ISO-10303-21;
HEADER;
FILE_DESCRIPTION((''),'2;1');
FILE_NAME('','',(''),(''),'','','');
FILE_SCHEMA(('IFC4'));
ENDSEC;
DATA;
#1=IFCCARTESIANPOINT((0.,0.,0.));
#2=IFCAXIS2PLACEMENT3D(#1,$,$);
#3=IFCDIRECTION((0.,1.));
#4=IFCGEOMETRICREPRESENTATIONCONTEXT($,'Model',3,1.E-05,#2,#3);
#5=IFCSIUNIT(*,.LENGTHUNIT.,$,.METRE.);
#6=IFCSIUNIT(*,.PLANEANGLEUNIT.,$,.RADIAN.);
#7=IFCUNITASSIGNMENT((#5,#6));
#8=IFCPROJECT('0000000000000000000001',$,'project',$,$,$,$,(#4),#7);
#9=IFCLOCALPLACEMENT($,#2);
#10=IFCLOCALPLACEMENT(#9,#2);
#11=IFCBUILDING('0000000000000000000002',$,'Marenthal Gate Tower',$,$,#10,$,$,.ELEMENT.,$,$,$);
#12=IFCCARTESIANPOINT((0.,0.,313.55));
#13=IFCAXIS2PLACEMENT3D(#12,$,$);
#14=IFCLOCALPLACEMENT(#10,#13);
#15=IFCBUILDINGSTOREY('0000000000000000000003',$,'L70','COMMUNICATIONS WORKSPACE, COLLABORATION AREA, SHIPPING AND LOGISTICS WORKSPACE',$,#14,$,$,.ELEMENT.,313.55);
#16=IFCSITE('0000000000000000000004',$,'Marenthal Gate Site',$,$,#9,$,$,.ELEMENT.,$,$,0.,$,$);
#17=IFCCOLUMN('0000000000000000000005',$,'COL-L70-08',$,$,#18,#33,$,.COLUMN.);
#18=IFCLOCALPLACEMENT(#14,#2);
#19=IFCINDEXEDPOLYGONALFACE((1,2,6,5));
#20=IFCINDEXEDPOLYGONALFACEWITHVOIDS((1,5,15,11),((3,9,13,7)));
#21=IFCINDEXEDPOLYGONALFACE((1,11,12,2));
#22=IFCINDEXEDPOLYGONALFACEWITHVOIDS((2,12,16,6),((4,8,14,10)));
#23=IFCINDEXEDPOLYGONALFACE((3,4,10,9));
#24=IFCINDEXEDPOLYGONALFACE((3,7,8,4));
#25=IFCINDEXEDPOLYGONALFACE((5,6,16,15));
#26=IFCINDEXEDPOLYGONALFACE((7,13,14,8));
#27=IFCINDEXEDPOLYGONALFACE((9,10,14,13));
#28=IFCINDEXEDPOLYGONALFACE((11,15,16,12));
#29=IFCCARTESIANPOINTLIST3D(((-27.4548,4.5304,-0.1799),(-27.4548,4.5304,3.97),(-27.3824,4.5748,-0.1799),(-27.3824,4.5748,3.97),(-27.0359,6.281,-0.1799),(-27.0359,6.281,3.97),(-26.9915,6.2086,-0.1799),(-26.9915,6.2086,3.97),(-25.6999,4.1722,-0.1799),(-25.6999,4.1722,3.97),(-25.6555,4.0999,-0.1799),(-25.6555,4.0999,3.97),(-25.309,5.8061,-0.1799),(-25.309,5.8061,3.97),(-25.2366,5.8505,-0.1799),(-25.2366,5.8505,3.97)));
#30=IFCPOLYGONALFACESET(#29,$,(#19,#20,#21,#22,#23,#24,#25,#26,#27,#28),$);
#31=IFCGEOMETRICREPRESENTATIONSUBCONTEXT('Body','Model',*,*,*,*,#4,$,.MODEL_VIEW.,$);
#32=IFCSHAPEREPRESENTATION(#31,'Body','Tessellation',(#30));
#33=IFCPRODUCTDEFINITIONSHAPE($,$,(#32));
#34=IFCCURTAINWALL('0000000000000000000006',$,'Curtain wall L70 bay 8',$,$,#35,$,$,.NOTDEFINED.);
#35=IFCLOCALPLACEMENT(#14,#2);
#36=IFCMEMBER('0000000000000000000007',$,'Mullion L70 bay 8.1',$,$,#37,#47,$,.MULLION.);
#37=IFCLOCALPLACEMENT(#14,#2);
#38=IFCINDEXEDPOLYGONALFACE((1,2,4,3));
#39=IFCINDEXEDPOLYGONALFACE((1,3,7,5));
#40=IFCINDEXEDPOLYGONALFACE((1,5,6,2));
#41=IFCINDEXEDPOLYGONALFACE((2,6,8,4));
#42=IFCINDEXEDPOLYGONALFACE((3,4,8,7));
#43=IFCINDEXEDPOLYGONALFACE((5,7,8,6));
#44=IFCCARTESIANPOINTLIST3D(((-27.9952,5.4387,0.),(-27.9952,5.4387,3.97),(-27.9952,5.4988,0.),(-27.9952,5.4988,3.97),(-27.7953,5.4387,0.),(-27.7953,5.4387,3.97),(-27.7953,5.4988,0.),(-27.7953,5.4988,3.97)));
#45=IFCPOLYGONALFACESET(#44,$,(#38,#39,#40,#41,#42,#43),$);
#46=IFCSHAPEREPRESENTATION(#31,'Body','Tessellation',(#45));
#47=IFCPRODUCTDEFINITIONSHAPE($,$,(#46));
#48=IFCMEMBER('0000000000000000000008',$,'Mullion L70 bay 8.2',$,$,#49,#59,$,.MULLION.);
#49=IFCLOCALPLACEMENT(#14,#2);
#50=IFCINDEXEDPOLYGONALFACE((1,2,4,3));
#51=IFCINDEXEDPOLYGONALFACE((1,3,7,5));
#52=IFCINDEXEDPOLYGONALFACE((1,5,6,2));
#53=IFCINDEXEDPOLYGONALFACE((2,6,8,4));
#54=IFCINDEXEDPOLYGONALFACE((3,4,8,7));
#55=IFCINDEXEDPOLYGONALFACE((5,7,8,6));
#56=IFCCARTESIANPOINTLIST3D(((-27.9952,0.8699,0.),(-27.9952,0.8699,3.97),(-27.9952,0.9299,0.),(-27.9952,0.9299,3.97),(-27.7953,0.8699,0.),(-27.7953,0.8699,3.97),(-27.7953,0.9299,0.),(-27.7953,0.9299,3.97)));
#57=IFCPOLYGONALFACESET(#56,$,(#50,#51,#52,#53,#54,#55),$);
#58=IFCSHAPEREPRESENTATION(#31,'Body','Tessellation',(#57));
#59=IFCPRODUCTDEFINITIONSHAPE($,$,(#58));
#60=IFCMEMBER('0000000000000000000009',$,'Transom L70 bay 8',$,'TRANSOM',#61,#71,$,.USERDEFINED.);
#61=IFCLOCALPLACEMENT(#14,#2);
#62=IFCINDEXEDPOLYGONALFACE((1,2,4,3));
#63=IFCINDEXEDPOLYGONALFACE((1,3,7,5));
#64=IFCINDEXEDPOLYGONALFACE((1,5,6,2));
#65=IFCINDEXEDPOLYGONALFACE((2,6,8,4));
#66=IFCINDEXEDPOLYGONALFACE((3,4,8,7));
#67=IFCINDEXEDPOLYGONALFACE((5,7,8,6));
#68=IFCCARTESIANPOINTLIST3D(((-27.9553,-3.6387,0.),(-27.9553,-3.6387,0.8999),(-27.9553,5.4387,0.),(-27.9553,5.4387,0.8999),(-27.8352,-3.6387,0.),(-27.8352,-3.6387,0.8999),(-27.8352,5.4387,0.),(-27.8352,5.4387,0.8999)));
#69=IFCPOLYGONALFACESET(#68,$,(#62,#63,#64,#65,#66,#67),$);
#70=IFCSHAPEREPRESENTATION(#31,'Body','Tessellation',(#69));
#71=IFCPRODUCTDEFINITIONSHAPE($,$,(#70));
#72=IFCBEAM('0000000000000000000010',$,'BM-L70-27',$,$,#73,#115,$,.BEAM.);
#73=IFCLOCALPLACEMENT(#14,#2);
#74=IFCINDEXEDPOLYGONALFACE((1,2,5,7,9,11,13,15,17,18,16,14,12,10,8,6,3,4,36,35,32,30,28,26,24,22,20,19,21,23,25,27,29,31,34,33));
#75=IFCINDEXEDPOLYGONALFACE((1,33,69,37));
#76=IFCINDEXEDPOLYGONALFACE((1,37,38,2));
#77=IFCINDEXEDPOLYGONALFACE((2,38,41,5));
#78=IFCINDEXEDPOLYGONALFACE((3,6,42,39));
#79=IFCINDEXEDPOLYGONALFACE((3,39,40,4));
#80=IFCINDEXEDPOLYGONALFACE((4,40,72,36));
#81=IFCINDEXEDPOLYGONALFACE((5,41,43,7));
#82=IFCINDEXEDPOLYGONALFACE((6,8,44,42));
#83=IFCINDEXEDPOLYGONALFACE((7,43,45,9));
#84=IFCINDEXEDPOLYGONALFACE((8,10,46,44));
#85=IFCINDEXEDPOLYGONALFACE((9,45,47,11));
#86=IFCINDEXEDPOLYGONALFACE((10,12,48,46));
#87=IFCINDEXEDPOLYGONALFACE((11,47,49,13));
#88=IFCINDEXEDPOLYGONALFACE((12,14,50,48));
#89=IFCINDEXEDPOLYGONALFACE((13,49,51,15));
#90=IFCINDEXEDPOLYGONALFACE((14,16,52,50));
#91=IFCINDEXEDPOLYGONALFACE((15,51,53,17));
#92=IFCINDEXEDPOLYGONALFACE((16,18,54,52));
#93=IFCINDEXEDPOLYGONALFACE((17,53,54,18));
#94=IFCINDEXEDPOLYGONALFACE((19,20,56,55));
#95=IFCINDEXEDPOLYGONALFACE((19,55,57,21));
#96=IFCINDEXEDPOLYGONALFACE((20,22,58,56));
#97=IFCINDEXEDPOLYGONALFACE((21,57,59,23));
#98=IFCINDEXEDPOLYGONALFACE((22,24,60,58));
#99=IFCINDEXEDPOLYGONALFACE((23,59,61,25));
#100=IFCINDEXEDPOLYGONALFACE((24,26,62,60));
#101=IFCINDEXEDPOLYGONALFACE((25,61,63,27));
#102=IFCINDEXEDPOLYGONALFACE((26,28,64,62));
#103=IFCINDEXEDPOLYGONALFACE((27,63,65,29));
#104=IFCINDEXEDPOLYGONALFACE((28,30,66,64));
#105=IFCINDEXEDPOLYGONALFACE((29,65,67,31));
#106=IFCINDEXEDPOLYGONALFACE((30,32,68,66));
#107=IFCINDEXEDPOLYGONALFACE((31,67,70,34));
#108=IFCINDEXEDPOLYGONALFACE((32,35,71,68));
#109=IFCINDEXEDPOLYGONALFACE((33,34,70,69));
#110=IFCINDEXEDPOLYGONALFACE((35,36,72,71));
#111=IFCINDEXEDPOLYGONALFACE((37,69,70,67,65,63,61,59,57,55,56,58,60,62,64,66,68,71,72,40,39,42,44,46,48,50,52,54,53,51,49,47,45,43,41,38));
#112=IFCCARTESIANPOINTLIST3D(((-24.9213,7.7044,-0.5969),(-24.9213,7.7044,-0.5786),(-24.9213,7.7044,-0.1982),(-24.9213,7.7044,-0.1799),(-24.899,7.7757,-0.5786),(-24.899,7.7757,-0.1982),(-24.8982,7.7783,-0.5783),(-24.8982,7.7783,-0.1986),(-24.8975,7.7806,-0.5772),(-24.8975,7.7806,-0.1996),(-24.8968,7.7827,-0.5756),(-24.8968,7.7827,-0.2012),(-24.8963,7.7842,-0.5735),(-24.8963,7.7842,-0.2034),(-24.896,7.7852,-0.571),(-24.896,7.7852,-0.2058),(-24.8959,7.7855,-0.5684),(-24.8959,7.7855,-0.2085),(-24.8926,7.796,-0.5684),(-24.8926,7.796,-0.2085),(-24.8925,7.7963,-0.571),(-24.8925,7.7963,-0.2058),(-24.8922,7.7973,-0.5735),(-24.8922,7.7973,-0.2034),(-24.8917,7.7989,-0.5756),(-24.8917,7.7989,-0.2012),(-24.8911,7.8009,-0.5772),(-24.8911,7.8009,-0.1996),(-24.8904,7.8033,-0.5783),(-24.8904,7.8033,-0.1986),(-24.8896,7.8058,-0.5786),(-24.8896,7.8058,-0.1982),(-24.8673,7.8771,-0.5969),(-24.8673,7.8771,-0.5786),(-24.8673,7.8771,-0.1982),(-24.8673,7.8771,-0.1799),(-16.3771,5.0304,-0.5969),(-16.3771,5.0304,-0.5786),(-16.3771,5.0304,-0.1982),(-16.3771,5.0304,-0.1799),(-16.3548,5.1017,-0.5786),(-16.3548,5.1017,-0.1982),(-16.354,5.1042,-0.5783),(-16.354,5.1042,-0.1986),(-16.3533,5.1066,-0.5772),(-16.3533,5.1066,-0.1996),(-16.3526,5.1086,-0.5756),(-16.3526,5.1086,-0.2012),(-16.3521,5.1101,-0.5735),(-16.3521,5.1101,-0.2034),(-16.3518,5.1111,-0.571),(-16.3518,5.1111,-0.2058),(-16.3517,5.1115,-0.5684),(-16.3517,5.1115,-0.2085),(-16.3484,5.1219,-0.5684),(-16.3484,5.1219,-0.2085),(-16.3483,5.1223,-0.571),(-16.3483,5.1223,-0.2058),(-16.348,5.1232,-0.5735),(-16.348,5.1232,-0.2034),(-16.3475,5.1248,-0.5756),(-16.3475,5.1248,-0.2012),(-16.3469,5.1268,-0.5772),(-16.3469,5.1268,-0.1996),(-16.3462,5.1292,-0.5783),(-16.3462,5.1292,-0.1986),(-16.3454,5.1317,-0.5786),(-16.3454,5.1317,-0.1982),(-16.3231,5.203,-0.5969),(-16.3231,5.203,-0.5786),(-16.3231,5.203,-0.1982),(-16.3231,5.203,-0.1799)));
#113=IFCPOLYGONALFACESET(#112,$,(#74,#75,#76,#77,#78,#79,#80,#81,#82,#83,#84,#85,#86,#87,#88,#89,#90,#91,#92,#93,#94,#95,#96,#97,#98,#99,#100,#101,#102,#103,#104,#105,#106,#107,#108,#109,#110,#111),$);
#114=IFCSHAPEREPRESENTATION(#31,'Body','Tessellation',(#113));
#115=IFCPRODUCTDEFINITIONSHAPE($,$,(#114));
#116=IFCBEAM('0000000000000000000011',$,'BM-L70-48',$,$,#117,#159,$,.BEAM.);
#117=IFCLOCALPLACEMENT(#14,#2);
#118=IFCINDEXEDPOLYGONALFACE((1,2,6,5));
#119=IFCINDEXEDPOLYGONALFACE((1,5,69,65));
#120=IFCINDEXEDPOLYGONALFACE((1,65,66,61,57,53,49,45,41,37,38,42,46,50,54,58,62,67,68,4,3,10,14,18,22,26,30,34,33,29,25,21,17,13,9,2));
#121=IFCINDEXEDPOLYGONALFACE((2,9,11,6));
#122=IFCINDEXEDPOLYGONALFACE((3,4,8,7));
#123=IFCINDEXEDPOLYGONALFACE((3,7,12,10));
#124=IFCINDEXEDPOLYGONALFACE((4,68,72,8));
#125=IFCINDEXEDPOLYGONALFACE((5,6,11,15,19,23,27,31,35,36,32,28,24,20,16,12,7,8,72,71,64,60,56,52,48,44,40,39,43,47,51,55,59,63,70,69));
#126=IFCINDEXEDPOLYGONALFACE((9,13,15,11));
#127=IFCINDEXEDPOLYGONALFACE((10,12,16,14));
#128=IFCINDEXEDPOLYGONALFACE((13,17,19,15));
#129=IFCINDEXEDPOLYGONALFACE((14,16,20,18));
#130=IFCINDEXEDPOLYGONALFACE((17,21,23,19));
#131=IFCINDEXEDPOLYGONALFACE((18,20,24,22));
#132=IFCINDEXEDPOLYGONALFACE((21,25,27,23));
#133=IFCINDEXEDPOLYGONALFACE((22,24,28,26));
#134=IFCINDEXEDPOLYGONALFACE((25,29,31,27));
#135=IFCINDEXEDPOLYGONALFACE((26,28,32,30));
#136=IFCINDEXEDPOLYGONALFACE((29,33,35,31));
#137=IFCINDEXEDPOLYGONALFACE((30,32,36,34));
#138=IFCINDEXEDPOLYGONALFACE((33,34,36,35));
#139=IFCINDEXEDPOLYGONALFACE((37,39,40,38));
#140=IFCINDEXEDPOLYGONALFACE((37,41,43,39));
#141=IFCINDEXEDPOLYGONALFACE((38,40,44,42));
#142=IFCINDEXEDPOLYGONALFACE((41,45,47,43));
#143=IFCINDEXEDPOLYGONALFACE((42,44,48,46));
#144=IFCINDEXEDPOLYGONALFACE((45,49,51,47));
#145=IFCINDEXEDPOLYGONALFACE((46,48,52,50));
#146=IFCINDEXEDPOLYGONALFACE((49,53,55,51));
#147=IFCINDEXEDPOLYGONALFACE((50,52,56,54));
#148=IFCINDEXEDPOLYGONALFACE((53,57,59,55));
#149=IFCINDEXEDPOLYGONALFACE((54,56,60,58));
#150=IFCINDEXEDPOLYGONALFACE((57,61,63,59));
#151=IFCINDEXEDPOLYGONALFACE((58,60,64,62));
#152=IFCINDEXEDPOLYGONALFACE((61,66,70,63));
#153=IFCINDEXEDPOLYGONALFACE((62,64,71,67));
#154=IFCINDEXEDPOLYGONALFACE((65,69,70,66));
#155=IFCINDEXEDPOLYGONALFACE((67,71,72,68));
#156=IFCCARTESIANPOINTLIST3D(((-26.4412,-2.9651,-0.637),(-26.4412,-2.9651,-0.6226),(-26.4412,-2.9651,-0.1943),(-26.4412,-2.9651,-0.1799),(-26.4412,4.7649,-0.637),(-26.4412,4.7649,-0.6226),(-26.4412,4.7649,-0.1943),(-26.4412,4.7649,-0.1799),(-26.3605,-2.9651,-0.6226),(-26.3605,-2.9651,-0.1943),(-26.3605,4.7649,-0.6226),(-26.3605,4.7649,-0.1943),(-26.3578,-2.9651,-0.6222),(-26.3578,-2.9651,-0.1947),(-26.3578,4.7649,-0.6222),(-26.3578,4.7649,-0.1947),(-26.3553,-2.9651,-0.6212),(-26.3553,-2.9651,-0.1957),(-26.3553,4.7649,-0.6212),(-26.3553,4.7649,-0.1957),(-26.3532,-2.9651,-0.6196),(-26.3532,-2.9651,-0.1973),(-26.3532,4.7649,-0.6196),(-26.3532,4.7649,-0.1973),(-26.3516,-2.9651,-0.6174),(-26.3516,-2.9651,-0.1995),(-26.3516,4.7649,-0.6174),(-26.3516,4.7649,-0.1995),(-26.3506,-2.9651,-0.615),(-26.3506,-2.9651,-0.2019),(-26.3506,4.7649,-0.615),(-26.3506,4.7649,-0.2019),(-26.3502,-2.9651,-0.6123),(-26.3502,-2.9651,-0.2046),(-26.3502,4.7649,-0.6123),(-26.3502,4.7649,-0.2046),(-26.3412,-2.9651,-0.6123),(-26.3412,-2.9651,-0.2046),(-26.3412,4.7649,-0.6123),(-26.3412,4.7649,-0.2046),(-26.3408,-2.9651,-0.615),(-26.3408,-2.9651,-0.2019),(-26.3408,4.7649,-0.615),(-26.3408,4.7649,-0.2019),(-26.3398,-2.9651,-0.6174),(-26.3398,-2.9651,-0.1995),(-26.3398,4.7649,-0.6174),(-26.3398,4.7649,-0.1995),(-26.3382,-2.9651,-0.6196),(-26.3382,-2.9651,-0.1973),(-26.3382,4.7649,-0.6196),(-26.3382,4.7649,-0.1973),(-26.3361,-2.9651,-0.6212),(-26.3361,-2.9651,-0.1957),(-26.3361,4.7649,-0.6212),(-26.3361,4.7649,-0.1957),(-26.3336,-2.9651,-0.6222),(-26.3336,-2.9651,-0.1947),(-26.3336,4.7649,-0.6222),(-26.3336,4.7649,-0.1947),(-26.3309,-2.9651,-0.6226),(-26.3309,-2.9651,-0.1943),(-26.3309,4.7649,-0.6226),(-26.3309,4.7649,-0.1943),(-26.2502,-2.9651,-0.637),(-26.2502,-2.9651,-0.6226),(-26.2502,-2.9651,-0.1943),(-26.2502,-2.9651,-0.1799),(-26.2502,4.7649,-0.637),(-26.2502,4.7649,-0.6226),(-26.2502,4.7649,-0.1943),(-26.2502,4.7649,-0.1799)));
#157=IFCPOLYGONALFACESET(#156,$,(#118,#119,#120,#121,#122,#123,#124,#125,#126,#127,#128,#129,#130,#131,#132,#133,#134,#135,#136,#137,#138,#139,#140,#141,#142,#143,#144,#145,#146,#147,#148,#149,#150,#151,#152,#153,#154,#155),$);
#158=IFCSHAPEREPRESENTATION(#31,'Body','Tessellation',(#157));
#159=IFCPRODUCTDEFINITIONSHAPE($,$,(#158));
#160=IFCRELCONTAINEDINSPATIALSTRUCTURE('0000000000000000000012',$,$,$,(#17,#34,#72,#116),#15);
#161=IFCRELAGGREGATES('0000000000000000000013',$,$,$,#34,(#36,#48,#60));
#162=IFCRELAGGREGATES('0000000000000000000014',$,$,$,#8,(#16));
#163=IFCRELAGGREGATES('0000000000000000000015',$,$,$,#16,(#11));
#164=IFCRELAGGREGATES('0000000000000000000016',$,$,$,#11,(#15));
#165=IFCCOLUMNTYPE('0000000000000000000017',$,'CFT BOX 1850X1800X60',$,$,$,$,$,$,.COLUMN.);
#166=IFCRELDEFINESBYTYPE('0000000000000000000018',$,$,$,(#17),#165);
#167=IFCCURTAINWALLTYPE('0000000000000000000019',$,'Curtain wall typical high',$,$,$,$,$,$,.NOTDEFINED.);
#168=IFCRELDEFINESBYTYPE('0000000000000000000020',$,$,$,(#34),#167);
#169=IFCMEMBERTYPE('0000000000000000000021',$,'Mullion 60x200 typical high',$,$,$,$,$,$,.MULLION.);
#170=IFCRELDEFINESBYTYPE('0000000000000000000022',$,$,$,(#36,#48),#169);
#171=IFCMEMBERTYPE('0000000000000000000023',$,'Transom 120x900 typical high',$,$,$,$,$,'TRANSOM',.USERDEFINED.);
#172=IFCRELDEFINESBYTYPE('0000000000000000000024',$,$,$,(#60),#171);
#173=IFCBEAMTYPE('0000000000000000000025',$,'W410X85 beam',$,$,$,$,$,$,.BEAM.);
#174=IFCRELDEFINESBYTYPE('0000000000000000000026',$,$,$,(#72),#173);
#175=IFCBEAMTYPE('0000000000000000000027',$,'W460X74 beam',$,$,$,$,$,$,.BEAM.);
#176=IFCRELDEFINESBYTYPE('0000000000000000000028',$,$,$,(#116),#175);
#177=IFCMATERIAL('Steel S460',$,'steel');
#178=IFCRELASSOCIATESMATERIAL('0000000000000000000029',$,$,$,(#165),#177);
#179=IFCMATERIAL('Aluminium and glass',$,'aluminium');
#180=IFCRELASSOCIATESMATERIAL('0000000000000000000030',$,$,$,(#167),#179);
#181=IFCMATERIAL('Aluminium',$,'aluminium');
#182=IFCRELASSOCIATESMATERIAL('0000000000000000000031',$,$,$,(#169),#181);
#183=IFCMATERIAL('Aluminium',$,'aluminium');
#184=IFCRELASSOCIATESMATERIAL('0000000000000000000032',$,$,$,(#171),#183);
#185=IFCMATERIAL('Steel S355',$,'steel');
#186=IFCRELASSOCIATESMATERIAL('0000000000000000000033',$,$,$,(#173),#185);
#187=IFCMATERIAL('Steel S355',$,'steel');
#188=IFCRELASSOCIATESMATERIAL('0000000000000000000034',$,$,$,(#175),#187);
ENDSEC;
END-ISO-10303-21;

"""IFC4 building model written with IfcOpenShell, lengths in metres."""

from ifc_helpers import new_model, si_unit, direction, frame, origin, origin_2d, place, context, subcontext, project, spatial, rectangle, hollow_rectangle, i_section, extrude, material, material_profile, profile_set, type_object, element, aggregate, save


model = new_model("IFC4")

# Units and contexts
model_context = context("Model", 3, precision=1e-05, world=origin(), true_north=direction((0.0, 1.0)))
body_context = subcontext(model_context, "Body", "Model", "MODEL_VIEW")
ifc_project = project(units=[si_unit("LENGTHUNIT", "METRE"), si_unit("PLANEANGLEUNIT", "RADIAN")], contexts=[model_context])

# Site, building, storey
site_placement = place(None, origin())
site = spatial("IfcSite", under=ifc_project, at=site_placement, Name="Marenthal Gate Site", CompositionType="ELEMENT", RefElevation=0.0)
building_placement = place(site_placement, origin())
building = spatial("IfcBuilding", under=site, at=building_placement, Name="Marenthal Gate Tower", CompositionType="ELEMENT")
storey_placement = place(building_placement, frame((0.0, 0.0, 313.55)))
storey = spatial("IfcBuildingStorey", under=building, at=storey_placement, Name="L70", Description="COMMUNICATIONS WORKSPACE, COLLABORATION AREA, SHIPPING AND LOGISTICS WORKSPACE", CompositionType="ELEMENT", Elevation=313.55)

# Column
ifc_material_1 = material(Name="Steel S460", Category="steel")
ifc_material_profile_1 = material_profile(ifc_material_1, hollow_rectangle(XDim=1.8, YDim=1.8501, WallThickness=0.0601, at=origin_2d()), Name="CFT BOX 1850X1800X60")
ifc_material_2 = material(Name="Concrete 70 MPa", Category="concrete")
ifc_material_profile_2 = material_profile(ifc_material_2, rectangle(XDim=1.6799, YDim=1.73, at=origin_2d()), Name="CFT BOX 1850X1800X60 INFILL")
ifc_profile_set_1 = profile_set([ifc_material_profile_1, ifc_material_profile_2], Name="Steel S460 shell, Concrete 70 MPa infill")
column_type = type_object("IfcColumnType", Name="CFT BOX 1850X1800X60", PredefinedType="COLUMN", material=ifc_profile_set_1)
column_placement = place(storey_placement, frame((-26.3457, 5.1904, -0.1799), z_axis=(0.0, 0.0, 1.0), x_axis=(0.232702, 0.972548, 0.0)))
element("IfcColumn", 1, at=column_placement, inside=storey, type_object=column_type, Name="COL-L70-08", PredefinedType="COLUMN", context=body_context, shape_type="SweptSolid", body=[
    extrude(hollow_rectangle(XDim=1.8, YDim=1.8501, WallThickness=0.0601, at=origin_2d()), origin(), (0.0, 0.0, 1.0), 4.1499),
])

# Curtain wall, members
ifc_material_3 = material(Name="Aluminium and glass", Category="aluminium")
curtain_wall_type = type_object("IfcCurtainWallType", Name="Curtain wall typical high", PredefinedType="NOTDEFINED", material=ifc_material_3)
curtain_wall_placement = place(storey_placement, origin())
curtain_wall = element("IfcCurtainWall", 2, at=curtain_wall_placement, inside=storey, type_object=curtain_wall_type, Name="Curtain wall L70 bay 8", PredefinedType="NOTDEFINED")
ifc_material_4 = material(Name="Aluminium", Category="aluminium")
ifc_material_profile_3 = material_profile(ifc_material_4, rectangle(XDim=0.2, YDim=0.0601, at=origin_2d()), Name="60x200 aluminium mullion")
ifc_profile_set_2 = profile_set([ifc_material_profile_3], Name="Aluminium")
member_type_1 = type_object("IfcMemberType", Name="Mullion 60x200 typical high", PredefinedType="MULLION", material=ifc_profile_set_2)
member_1_placement = place(storey_placement, frame((-27.8953, 5.4688, 0.0), z_axis=(0.0, 0.0, 1.0), x_axis=(1.0, 0.0, 0.0)))
member_1 = element("IfcMember", 3, at=member_1_placement, type_object=member_type_1, Name="Mullion L70 bay 8.1", PredefinedType="MULLION", context=body_context, shape_type="SweptSolid", body=[
    extrude(rectangle(XDim=0.2, YDim=0.0601, at=origin_2d()), origin(), (0.0, 0.0, 1.0), 3.97),
])
member_2_placement = place(storey_placement, frame((-27.8953, 0.8999, 0.0), z_axis=(0.0, 0.0, 1.0), x_axis=(1.0, 0.0, 0.0)))
member_2 = element("IfcMember", 4, at=member_2_placement, type_object=member_type_1, Name="Mullion L70 bay 8.2", PredefinedType="MULLION", context=body_context, shape_type="SweptSolid", body=[
    extrude(rectangle(XDim=0.2, YDim=0.0601, at=origin_2d()), origin(), (0.0, 0.0, 1.0), 3.97),
])
ifc_material_5 = material(Name="Aluminium", Category="aluminium")
ifc_material_profile_4 = material_profile(ifc_material_5, rectangle(XDim=0.1201, YDim=0.8999, at=origin_2d()), Name="120x900 aluminium transom")
ifc_profile_set_3 = profile_set([ifc_material_profile_4], Name="Aluminium")
member_type_2 = type_object("IfcMemberType", Name="Transom 120x900 typical high", ElementType="TRANSOM", PredefinedType="USERDEFINED", material=ifc_profile_set_3)
member_3_placement = place(storey_placement, frame((-27.8953, 5.4387, 0.45), z_axis=(0.0, -1.0, 0.0), x_axis=(1.0, 0.0, 0.0)))
member_3 = element("IfcMember", 5, at=member_3_placement, type_object=member_type_2, Name="Transom L70 bay 8", ObjectType="TRANSOM", PredefinedType="USERDEFINED", context=body_context, shape_type="SweptSolid", body=[
    extrude(rectangle(XDim=0.1201, YDim=0.8999, at=origin_2d()), origin(), (0.0, 0.0, 1.0), 9.0774),
])

# Beams
ifc_material_6 = material(Name="Steel S355", Category="steel")
ifc_material_profile_5 = material_profile(ifc_material_6, i_section(OverallWidth=0.1809, OverallDepth=0.417, WebThickness=0.011, FlangeThickness=0.0183, FilletRadius=0.0103, at=origin_2d()), Name="W410X85")
ifc_profile_set_4 = profile_set([ifc_material_profile_5], Name="Steel S355")
beam_type_1 = type_object("IfcBeamType", Name="W410X85 beam", PredefinedType="BEAM", material=ifc_profile_set_4)
beam_1_placement = place(storey_placement, frame((-24.8943, 7.7908, -0.3884), z_axis=(0.954352, -0.298683, 0.0), x_axis=(0.298683, 0.954352, 0.0)))
element("IfcBeam", 6, at=beam_1_placement, inside=storey, type_object=beam_type_1, Name="BM-L70-27", PredefinedType="BEAM", context=body_context, shape_type="SweptSolid", body=[
    extrude(i_section(OverallWidth=0.1809, OverallDepth=0.417, WebThickness=0.011, FlangeThickness=0.0183, FilletRadius=0.0103, at=origin_2d()), origin(), (0.0, 0.0, 1.0), 8.9529),
])
ifc_material_7 = material(Name="Steel S355", Category="steel")
ifc_material_profile_6 = material_profile(ifc_material_7, i_section(OverallWidth=0.1909, OverallDepth=0.457, WebThickness=0.009, FlangeThickness=0.0144, FilletRadius=0.0103, at=origin_2d()), Name="W460X74")
ifc_profile_set_5 = profile_set([ifc_material_profile_6], Name="Steel S355")
beam_type_2 = type_object("IfcBeamType", Name="W460X74 beam", PredefinedType="BEAM", material=ifc_profile_set_5)
beam_2_placement = place(storey_placement, frame((-26.3457, 4.7649, -0.4084), z_axis=(0.0, -1.0, 0.0), x_axis=(1.0, 0.0, 0.0)))
element("IfcBeam", 7, at=beam_2_placement, inside=storey, type_object=beam_type_2, Name="BM-L70-48", PredefinedType="BEAM", context=body_context, shape_type="SweptSolid", body=[
    extrude(i_section(OverallWidth=0.1909, OverallDepth=0.457, WebThickness=0.009, FlangeThickness=0.0144, FilletRadius=0.0103, at=origin_2d()), origin(), (0.0, 0.0, 1.0), 7.73),
])

aggregate(curtain_wall, [member_1, member_2, member_3])

save(model, "model.ifc")
